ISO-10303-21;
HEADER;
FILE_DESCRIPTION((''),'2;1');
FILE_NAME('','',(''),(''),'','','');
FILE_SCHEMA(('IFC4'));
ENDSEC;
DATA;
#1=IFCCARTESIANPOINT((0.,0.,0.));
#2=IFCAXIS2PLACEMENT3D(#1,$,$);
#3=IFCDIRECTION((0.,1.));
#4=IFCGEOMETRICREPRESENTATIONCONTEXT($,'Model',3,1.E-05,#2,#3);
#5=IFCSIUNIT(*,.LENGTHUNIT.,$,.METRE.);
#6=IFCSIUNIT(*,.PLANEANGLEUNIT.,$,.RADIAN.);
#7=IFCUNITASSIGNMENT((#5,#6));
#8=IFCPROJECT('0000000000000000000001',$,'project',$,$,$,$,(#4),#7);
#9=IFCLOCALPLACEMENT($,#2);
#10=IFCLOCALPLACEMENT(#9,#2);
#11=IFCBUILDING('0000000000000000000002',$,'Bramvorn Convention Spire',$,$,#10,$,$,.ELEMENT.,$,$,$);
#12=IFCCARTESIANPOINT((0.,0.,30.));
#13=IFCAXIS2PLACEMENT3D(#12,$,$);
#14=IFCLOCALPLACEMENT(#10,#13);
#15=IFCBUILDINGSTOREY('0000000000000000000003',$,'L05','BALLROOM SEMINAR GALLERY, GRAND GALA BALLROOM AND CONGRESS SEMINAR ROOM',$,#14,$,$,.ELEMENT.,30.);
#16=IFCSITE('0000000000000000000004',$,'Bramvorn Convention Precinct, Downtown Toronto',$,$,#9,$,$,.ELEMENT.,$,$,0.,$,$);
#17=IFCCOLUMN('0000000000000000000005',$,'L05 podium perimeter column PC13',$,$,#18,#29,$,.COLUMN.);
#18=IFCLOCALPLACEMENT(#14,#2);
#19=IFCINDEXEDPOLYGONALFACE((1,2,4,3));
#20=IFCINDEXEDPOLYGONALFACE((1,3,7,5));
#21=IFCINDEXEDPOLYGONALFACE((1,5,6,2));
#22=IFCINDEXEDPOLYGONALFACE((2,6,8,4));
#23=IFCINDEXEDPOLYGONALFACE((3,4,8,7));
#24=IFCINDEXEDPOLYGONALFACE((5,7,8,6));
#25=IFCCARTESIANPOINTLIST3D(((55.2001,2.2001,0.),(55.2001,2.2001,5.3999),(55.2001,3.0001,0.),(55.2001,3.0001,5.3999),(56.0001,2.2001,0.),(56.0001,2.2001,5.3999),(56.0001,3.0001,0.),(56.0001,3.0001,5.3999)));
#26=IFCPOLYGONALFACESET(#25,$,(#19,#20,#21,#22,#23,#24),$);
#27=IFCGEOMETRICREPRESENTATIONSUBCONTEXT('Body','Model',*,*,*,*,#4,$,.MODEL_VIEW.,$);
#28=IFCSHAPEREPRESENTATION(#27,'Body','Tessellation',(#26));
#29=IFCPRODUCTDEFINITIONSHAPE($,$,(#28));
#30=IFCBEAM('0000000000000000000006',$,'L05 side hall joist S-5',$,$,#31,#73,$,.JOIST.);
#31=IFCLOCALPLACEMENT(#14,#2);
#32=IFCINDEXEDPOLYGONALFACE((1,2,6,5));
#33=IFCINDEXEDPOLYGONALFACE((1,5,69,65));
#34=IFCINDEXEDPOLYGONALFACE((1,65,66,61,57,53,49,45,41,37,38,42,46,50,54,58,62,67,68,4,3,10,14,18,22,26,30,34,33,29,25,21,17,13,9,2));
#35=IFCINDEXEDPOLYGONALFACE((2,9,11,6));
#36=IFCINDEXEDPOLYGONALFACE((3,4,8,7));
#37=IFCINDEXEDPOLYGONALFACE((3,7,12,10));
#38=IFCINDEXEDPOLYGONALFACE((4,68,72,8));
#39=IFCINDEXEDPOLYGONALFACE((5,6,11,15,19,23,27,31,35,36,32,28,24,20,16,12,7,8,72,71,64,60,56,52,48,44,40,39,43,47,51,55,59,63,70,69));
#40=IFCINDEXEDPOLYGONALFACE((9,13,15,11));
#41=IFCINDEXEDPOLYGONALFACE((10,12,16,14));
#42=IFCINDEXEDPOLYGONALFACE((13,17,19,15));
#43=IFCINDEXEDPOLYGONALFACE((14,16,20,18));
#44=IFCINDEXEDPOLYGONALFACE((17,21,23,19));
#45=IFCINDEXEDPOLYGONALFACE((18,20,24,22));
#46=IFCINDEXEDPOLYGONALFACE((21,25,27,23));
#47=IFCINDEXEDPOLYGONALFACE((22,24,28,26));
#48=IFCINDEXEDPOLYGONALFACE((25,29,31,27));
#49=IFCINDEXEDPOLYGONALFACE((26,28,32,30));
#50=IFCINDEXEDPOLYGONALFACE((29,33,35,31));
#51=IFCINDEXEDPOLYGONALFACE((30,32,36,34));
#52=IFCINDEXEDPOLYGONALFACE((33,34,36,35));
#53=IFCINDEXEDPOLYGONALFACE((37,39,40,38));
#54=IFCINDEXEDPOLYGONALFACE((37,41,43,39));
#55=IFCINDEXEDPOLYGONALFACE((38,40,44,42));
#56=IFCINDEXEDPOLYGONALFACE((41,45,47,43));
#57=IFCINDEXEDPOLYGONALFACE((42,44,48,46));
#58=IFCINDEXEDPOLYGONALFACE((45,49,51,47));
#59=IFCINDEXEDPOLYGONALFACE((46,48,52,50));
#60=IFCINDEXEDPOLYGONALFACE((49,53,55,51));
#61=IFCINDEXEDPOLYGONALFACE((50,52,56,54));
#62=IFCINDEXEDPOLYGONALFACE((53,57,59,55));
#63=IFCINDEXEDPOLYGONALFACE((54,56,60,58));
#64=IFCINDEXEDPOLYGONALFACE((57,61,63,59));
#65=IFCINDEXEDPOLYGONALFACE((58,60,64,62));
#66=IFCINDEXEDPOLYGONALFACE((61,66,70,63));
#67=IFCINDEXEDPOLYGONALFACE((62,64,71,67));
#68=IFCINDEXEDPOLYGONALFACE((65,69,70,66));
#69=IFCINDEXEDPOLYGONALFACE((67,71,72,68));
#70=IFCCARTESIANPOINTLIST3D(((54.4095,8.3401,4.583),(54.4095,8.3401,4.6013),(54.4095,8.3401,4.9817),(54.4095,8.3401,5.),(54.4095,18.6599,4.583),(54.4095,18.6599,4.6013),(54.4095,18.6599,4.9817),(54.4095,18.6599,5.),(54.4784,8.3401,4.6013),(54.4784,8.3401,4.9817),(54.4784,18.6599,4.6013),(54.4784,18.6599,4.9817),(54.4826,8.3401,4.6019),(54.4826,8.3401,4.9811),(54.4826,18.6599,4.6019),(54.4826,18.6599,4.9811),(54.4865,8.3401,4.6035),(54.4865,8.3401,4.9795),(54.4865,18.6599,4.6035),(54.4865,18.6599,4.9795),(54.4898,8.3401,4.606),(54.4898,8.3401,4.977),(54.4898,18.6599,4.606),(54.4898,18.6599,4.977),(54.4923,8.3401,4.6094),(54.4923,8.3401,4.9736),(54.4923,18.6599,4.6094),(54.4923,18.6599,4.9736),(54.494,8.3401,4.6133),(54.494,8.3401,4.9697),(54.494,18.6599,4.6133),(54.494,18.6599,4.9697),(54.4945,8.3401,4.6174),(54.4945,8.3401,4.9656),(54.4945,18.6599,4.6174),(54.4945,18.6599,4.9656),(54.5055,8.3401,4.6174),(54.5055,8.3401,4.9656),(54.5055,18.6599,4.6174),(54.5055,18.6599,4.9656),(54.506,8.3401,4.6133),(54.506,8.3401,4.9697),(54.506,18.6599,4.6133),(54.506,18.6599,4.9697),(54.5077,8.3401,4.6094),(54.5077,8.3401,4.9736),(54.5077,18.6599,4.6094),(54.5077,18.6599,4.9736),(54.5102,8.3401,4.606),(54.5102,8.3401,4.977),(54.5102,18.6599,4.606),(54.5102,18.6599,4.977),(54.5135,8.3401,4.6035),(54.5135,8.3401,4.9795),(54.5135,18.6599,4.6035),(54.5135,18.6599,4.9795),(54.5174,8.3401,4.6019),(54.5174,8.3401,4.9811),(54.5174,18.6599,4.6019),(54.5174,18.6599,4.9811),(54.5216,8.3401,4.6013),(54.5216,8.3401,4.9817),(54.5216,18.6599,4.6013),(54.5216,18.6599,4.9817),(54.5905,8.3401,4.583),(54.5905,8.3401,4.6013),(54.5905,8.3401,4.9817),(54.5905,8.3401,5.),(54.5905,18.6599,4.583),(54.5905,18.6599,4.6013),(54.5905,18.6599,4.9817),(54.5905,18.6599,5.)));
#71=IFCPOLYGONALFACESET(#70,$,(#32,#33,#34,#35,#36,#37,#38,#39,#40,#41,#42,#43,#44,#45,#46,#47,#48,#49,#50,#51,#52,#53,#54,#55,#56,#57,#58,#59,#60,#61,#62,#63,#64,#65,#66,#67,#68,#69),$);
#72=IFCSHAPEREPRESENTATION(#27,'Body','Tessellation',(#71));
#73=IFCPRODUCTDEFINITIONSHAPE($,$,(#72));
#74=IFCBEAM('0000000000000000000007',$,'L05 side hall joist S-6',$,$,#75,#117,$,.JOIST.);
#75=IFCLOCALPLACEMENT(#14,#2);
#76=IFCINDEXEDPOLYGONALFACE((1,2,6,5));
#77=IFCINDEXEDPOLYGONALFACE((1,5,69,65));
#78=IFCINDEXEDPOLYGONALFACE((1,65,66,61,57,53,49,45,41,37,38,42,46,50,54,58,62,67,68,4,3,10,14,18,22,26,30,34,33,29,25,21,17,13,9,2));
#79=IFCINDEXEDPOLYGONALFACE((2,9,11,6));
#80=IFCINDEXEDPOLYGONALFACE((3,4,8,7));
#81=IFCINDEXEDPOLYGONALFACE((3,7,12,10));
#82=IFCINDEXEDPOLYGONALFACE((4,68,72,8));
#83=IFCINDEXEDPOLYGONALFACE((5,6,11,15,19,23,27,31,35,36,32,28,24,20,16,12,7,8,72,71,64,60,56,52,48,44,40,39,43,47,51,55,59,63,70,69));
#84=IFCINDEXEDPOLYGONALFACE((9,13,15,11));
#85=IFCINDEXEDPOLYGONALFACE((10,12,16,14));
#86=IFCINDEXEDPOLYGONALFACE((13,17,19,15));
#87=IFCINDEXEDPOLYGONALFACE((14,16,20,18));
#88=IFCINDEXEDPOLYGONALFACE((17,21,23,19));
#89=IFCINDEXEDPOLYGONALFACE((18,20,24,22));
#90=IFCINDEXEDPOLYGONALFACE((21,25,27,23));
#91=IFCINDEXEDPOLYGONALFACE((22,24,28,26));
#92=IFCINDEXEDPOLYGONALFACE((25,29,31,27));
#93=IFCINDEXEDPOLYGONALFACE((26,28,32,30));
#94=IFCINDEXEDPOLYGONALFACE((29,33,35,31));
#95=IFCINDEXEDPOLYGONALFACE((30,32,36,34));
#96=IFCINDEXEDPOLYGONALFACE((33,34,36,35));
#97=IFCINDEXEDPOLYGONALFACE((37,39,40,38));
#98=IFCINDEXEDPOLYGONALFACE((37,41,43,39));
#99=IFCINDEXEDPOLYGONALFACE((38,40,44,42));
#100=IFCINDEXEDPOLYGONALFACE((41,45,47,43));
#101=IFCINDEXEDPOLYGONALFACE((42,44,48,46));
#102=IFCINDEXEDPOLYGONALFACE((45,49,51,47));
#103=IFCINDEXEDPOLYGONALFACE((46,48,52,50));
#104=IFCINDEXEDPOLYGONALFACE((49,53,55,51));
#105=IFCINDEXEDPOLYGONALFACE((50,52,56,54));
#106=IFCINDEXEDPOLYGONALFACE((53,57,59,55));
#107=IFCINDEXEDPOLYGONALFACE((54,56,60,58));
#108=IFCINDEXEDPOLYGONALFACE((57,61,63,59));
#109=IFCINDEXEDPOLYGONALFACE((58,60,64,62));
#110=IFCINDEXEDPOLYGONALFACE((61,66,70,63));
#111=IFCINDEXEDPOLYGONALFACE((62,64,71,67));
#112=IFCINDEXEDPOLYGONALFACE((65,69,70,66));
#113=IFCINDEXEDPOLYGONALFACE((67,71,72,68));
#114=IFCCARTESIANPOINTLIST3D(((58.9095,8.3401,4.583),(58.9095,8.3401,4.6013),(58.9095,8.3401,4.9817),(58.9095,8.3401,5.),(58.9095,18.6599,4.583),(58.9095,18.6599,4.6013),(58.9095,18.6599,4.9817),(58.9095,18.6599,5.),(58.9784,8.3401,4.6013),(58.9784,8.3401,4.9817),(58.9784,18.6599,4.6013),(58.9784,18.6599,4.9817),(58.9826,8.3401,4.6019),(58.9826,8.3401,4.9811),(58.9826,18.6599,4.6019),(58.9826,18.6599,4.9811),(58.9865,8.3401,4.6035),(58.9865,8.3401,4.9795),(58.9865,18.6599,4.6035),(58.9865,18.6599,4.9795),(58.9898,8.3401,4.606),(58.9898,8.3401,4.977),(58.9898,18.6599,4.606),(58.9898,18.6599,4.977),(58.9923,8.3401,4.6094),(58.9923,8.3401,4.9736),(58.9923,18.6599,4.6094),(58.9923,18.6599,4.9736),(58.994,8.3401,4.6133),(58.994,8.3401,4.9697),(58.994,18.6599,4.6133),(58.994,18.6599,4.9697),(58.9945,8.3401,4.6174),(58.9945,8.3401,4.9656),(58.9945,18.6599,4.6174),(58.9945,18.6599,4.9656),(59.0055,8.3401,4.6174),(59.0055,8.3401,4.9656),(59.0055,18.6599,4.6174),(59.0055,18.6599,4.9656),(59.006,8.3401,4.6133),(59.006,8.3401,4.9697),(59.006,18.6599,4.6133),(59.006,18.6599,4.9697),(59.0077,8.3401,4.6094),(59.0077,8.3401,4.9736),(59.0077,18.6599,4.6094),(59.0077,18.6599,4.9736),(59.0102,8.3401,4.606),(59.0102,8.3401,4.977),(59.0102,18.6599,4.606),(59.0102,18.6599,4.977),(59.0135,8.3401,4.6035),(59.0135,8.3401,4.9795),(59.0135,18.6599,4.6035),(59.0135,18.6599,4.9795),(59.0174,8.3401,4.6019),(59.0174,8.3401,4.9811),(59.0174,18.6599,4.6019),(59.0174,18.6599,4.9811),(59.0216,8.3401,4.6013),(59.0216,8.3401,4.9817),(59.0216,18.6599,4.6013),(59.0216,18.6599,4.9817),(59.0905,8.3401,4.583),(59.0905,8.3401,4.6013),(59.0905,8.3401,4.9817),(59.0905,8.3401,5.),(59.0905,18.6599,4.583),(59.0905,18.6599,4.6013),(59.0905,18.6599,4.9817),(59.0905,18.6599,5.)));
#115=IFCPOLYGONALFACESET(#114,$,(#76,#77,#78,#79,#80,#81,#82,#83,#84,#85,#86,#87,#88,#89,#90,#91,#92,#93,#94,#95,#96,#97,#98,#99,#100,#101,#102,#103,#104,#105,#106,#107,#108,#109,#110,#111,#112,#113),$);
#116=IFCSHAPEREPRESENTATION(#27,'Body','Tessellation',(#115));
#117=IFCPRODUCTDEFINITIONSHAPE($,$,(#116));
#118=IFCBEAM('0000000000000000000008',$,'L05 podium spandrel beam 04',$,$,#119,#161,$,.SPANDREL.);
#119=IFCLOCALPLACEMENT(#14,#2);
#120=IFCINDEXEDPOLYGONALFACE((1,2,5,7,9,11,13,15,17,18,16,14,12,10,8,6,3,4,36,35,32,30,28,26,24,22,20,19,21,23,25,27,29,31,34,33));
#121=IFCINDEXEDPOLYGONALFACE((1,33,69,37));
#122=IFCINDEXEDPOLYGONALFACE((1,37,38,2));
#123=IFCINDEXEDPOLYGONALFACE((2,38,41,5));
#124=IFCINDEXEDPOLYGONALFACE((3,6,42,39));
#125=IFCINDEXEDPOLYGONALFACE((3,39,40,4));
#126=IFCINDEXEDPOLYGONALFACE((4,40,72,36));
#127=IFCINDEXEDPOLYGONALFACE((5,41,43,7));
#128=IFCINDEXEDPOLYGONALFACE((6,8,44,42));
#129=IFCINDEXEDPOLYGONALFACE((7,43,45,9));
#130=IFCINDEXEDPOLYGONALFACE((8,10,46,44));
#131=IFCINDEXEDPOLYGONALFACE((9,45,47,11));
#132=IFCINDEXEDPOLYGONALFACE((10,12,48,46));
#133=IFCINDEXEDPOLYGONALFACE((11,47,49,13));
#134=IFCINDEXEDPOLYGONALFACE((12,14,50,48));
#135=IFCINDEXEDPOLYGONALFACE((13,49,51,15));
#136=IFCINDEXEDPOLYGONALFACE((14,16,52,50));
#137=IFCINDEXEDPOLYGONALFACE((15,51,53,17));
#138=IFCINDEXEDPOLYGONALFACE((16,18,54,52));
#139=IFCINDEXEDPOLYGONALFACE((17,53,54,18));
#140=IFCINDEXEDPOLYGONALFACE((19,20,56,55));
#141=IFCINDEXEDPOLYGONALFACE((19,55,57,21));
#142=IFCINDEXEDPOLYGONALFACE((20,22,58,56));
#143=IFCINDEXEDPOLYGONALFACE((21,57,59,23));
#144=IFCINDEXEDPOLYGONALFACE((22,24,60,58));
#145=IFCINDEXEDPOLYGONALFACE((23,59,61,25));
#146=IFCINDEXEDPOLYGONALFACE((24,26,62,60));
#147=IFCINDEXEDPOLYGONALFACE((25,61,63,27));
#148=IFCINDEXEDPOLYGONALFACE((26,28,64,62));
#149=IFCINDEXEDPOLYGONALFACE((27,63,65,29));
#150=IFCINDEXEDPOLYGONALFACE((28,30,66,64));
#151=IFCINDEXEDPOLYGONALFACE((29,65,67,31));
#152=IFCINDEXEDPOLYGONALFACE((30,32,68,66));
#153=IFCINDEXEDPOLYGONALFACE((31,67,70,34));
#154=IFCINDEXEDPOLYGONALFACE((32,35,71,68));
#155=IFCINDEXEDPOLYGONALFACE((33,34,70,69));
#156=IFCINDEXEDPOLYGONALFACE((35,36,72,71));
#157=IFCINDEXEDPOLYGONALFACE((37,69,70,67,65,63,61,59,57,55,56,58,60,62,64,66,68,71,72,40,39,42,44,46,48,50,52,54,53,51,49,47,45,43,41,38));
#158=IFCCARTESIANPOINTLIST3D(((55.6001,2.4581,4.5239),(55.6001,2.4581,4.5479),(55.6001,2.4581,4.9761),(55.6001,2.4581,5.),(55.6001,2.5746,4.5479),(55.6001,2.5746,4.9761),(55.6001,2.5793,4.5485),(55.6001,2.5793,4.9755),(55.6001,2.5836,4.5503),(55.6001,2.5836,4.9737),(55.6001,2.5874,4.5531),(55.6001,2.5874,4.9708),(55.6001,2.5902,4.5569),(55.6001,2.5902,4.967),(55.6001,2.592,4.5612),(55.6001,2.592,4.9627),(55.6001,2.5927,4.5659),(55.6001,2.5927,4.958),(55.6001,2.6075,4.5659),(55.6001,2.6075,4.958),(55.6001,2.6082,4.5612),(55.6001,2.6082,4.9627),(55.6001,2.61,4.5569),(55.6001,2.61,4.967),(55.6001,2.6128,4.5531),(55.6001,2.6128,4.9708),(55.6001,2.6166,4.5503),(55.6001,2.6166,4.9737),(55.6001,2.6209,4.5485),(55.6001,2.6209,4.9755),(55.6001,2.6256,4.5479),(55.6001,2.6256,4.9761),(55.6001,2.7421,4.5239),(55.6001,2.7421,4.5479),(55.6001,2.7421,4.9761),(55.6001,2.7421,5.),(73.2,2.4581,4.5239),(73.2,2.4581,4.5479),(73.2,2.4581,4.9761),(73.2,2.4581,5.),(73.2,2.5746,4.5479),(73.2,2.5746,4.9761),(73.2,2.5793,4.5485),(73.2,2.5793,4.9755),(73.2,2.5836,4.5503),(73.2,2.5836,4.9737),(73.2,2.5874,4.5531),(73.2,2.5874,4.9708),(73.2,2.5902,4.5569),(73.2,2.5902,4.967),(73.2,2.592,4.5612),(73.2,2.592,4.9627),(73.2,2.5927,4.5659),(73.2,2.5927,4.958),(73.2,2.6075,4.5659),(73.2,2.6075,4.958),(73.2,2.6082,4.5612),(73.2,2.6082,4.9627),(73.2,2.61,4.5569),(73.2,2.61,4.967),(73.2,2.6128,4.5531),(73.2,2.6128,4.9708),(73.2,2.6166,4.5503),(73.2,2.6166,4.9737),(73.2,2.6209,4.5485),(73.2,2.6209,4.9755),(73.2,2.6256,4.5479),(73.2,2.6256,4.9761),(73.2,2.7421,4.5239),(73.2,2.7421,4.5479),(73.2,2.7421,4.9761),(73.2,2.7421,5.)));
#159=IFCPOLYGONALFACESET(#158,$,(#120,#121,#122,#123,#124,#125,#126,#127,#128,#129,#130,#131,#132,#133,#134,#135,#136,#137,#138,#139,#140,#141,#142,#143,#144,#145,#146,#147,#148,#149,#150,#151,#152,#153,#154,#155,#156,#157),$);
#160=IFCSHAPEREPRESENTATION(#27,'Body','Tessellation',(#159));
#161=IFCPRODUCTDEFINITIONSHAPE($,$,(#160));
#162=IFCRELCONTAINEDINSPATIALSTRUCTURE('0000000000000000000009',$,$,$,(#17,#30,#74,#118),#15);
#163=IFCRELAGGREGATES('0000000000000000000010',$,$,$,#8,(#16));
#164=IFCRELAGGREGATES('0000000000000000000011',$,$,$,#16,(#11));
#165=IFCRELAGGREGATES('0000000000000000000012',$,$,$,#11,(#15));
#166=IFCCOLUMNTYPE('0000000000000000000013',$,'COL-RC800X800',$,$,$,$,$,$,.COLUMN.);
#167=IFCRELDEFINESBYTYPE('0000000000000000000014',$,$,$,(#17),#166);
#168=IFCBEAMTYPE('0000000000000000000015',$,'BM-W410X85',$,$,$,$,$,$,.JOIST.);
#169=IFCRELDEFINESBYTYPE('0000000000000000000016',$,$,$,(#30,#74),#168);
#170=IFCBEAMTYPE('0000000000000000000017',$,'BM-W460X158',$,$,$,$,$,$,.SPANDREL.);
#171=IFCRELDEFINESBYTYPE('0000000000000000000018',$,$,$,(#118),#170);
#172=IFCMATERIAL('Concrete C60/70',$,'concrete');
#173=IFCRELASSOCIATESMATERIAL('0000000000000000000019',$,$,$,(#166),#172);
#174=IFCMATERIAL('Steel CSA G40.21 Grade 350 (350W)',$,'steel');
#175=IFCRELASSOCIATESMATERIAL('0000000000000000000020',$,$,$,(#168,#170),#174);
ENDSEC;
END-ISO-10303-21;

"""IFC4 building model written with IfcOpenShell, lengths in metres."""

from ifc_helpers import new_model, si_unit, direction, frame, origin, origin_2d, place, context, subcontext, project, spatial, rectangle, i_section, extrude, material, material_profile, profile_set, type_object, element, save


model = new_model("IFC4")

# Units and contexts
model_context = context("Model", 3, precision=1e-05, world=origin(), true_north=direction((0.0, 1.0)))
body_context = subcontext(model_context, "Body", "Model", "MODEL_VIEW")
ifc_project = project(units=[si_unit("LENGTHUNIT", "METRE"), si_unit("PLANEANGLEUNIT", "RADIAN")], contexts=[model_context])

# Site, building, storey
site_placement = place(None, origin())
site = spatial("IfcSite", under=ifc_project, at=site_placement, Name="Bramvorn Convention Precinct, Downtown Toronto", CompositionType="ELEMENT", RefElevation=0.0)
building_placement = place(site_placement, origin())
building = spatial("IfcBuilding", under=site, at=building_placement, Name="Bramvorn Convention Spire", CompositionType="ELEMENT")
storey_placement = place(building_placement, frame((0.0, 0.0, 30.0)))
storey = spatial("IfcBuildingStorey", under=building, at=storey_placement, Name="L05", Description="BALLROOM SEMINAR GALLERY, GRAND GALA BALLROOM AND CONGRESS SEMINAR ROOM", CompositionType="ELEMENT", Elevation=30.0)

# Column
ifc_material_1 = material(Name="Concrete C60/70", Category="concrete")
ifc_material_profile_1 = material_profile(ifc_material_1, rectangle(XDim=0.8, YDim=0.8, at=origin_2d()))
ifc_profile_set_1 = profile_set([ifc_material_profile_1], Name="Concrete C60/70 - RC800X800")
column_type = type_object("IfcColumnType", Name="COL-RC800X800", PredefinedType="COLUMN", material=ifc_profile_set_1)
column_placement = place(storey_placement, frame((55.6001, 2.6001, 0.0), z_axis=(0.0, 0.0, 1.0), x_axis=(1.0, 0.0, 0.0)))
element("IfcColumn", 1, at=column_placement, inside=storey, type_object=column_type, Name="L05 podium perimeter column PC13", PredefinedType="COLUMN", context=body_context, shape_type="SweptSolid", body=[
    extrude(rectangle(XDim=0.8, YDim=0.8, at=origin_2d()), origin(), (0.0, 0.0, 1.0), 5.3999),
])

# Beams
ifc_material_2 = material(Name="Steel CSA G40.21 Grade 350 (350W)", Category="steel")
ifc_material_profile_2 = material_profile(ifc_material_2, i_section(OverallWidth=0.1809, OverallDepth=0.417, WebThickness=0.011, FlangeThickness=0.0183, FilletRadius=0.0161, at=origin_2d()))
ifc_profile_set_2 = profile_set([ifc_material_profile_2], Name="Steel CSA G40.21 Grade 350 (350W) - W410X85")
beam_type_1 = type_object("IfcBeamType", Name="BM-W410X85", PredefinedType="JOIST", material=ifc_profile_set_2)
for number, where, z_axis, x_axis, name in (
    (2, (54.5, 8.3401, 4.7915), (0.0, 1.0, 0.0), (-1.0, 0.0, 0.0), "L05 side hall joist S-5"),
    (3, (59.0, 8.3401, 4.7915), (0.0, 1.0, 0.0), (-1.0, 0.0, 0.0), "L05 side hall joist S-6"),
):
    element("IfcBeam", number, at=place(storey_placement, frame(where, z_axis=z_axis, x_axis=x_axis)), inside=storey, type_object=beam_type_1, Name=name, PredefinedType="JOIST", context=body_context, shape_type="SweptSolid", body=[
        extrude(i_section(OverallWidth=0.1809, OverallDepth=0.417, WebThickness=0.011, FlangeThickness=0.0183, FilletRadius=0.0161, at=origin_2d()), origin(), (0.0, 0.0, 1.0), 10.3198),
    ])
ifc_material_profile_3 = material_profile(ifc_material_2, i_section(OverallWidth=0.2839, OverallDepth=0.4761, WebThickness=0.0149, FlangeThickness=0.0239, FilletRadius=0.0181, at=origin_2d()))
ifc_profile_set_3 = profile_set([ifc_material_profile_3], Name="Steel CSA G40.21 Grade 350 (350W) - W460X158")
beam_type_2 = type_object("IfcBeamType", Name="BM-W460X158", PredefinedType="SPANDREL", material=ifc_profile_set_3)
beam_1_placement = place(storey_placement, frame((55.6001, 2.6001, 4.762), z_axis=(1.0, 0.0, 0.0), x_axis=(0.0, 1.0, 0.0)))
element("IfcBeam", 4, at=beam_1_placement, inside=storey, type_object=beam_type_2, Name="L05 podium spandrel beam 04", PredefinedType="SPANDREL", context=body_context, shape_type="SweptSolid", body=[
    extrude(i_section(OverallWidth=0.2839, OverallDepth=0.4761, WebThickness=0.0149, FlangeThickness=0.0239, FilletRadius=0.0181, at=origin_2d()), origin(), (0.0, 0.0, 1.0), 17.5999),
])

save(model, "model.ifc")
